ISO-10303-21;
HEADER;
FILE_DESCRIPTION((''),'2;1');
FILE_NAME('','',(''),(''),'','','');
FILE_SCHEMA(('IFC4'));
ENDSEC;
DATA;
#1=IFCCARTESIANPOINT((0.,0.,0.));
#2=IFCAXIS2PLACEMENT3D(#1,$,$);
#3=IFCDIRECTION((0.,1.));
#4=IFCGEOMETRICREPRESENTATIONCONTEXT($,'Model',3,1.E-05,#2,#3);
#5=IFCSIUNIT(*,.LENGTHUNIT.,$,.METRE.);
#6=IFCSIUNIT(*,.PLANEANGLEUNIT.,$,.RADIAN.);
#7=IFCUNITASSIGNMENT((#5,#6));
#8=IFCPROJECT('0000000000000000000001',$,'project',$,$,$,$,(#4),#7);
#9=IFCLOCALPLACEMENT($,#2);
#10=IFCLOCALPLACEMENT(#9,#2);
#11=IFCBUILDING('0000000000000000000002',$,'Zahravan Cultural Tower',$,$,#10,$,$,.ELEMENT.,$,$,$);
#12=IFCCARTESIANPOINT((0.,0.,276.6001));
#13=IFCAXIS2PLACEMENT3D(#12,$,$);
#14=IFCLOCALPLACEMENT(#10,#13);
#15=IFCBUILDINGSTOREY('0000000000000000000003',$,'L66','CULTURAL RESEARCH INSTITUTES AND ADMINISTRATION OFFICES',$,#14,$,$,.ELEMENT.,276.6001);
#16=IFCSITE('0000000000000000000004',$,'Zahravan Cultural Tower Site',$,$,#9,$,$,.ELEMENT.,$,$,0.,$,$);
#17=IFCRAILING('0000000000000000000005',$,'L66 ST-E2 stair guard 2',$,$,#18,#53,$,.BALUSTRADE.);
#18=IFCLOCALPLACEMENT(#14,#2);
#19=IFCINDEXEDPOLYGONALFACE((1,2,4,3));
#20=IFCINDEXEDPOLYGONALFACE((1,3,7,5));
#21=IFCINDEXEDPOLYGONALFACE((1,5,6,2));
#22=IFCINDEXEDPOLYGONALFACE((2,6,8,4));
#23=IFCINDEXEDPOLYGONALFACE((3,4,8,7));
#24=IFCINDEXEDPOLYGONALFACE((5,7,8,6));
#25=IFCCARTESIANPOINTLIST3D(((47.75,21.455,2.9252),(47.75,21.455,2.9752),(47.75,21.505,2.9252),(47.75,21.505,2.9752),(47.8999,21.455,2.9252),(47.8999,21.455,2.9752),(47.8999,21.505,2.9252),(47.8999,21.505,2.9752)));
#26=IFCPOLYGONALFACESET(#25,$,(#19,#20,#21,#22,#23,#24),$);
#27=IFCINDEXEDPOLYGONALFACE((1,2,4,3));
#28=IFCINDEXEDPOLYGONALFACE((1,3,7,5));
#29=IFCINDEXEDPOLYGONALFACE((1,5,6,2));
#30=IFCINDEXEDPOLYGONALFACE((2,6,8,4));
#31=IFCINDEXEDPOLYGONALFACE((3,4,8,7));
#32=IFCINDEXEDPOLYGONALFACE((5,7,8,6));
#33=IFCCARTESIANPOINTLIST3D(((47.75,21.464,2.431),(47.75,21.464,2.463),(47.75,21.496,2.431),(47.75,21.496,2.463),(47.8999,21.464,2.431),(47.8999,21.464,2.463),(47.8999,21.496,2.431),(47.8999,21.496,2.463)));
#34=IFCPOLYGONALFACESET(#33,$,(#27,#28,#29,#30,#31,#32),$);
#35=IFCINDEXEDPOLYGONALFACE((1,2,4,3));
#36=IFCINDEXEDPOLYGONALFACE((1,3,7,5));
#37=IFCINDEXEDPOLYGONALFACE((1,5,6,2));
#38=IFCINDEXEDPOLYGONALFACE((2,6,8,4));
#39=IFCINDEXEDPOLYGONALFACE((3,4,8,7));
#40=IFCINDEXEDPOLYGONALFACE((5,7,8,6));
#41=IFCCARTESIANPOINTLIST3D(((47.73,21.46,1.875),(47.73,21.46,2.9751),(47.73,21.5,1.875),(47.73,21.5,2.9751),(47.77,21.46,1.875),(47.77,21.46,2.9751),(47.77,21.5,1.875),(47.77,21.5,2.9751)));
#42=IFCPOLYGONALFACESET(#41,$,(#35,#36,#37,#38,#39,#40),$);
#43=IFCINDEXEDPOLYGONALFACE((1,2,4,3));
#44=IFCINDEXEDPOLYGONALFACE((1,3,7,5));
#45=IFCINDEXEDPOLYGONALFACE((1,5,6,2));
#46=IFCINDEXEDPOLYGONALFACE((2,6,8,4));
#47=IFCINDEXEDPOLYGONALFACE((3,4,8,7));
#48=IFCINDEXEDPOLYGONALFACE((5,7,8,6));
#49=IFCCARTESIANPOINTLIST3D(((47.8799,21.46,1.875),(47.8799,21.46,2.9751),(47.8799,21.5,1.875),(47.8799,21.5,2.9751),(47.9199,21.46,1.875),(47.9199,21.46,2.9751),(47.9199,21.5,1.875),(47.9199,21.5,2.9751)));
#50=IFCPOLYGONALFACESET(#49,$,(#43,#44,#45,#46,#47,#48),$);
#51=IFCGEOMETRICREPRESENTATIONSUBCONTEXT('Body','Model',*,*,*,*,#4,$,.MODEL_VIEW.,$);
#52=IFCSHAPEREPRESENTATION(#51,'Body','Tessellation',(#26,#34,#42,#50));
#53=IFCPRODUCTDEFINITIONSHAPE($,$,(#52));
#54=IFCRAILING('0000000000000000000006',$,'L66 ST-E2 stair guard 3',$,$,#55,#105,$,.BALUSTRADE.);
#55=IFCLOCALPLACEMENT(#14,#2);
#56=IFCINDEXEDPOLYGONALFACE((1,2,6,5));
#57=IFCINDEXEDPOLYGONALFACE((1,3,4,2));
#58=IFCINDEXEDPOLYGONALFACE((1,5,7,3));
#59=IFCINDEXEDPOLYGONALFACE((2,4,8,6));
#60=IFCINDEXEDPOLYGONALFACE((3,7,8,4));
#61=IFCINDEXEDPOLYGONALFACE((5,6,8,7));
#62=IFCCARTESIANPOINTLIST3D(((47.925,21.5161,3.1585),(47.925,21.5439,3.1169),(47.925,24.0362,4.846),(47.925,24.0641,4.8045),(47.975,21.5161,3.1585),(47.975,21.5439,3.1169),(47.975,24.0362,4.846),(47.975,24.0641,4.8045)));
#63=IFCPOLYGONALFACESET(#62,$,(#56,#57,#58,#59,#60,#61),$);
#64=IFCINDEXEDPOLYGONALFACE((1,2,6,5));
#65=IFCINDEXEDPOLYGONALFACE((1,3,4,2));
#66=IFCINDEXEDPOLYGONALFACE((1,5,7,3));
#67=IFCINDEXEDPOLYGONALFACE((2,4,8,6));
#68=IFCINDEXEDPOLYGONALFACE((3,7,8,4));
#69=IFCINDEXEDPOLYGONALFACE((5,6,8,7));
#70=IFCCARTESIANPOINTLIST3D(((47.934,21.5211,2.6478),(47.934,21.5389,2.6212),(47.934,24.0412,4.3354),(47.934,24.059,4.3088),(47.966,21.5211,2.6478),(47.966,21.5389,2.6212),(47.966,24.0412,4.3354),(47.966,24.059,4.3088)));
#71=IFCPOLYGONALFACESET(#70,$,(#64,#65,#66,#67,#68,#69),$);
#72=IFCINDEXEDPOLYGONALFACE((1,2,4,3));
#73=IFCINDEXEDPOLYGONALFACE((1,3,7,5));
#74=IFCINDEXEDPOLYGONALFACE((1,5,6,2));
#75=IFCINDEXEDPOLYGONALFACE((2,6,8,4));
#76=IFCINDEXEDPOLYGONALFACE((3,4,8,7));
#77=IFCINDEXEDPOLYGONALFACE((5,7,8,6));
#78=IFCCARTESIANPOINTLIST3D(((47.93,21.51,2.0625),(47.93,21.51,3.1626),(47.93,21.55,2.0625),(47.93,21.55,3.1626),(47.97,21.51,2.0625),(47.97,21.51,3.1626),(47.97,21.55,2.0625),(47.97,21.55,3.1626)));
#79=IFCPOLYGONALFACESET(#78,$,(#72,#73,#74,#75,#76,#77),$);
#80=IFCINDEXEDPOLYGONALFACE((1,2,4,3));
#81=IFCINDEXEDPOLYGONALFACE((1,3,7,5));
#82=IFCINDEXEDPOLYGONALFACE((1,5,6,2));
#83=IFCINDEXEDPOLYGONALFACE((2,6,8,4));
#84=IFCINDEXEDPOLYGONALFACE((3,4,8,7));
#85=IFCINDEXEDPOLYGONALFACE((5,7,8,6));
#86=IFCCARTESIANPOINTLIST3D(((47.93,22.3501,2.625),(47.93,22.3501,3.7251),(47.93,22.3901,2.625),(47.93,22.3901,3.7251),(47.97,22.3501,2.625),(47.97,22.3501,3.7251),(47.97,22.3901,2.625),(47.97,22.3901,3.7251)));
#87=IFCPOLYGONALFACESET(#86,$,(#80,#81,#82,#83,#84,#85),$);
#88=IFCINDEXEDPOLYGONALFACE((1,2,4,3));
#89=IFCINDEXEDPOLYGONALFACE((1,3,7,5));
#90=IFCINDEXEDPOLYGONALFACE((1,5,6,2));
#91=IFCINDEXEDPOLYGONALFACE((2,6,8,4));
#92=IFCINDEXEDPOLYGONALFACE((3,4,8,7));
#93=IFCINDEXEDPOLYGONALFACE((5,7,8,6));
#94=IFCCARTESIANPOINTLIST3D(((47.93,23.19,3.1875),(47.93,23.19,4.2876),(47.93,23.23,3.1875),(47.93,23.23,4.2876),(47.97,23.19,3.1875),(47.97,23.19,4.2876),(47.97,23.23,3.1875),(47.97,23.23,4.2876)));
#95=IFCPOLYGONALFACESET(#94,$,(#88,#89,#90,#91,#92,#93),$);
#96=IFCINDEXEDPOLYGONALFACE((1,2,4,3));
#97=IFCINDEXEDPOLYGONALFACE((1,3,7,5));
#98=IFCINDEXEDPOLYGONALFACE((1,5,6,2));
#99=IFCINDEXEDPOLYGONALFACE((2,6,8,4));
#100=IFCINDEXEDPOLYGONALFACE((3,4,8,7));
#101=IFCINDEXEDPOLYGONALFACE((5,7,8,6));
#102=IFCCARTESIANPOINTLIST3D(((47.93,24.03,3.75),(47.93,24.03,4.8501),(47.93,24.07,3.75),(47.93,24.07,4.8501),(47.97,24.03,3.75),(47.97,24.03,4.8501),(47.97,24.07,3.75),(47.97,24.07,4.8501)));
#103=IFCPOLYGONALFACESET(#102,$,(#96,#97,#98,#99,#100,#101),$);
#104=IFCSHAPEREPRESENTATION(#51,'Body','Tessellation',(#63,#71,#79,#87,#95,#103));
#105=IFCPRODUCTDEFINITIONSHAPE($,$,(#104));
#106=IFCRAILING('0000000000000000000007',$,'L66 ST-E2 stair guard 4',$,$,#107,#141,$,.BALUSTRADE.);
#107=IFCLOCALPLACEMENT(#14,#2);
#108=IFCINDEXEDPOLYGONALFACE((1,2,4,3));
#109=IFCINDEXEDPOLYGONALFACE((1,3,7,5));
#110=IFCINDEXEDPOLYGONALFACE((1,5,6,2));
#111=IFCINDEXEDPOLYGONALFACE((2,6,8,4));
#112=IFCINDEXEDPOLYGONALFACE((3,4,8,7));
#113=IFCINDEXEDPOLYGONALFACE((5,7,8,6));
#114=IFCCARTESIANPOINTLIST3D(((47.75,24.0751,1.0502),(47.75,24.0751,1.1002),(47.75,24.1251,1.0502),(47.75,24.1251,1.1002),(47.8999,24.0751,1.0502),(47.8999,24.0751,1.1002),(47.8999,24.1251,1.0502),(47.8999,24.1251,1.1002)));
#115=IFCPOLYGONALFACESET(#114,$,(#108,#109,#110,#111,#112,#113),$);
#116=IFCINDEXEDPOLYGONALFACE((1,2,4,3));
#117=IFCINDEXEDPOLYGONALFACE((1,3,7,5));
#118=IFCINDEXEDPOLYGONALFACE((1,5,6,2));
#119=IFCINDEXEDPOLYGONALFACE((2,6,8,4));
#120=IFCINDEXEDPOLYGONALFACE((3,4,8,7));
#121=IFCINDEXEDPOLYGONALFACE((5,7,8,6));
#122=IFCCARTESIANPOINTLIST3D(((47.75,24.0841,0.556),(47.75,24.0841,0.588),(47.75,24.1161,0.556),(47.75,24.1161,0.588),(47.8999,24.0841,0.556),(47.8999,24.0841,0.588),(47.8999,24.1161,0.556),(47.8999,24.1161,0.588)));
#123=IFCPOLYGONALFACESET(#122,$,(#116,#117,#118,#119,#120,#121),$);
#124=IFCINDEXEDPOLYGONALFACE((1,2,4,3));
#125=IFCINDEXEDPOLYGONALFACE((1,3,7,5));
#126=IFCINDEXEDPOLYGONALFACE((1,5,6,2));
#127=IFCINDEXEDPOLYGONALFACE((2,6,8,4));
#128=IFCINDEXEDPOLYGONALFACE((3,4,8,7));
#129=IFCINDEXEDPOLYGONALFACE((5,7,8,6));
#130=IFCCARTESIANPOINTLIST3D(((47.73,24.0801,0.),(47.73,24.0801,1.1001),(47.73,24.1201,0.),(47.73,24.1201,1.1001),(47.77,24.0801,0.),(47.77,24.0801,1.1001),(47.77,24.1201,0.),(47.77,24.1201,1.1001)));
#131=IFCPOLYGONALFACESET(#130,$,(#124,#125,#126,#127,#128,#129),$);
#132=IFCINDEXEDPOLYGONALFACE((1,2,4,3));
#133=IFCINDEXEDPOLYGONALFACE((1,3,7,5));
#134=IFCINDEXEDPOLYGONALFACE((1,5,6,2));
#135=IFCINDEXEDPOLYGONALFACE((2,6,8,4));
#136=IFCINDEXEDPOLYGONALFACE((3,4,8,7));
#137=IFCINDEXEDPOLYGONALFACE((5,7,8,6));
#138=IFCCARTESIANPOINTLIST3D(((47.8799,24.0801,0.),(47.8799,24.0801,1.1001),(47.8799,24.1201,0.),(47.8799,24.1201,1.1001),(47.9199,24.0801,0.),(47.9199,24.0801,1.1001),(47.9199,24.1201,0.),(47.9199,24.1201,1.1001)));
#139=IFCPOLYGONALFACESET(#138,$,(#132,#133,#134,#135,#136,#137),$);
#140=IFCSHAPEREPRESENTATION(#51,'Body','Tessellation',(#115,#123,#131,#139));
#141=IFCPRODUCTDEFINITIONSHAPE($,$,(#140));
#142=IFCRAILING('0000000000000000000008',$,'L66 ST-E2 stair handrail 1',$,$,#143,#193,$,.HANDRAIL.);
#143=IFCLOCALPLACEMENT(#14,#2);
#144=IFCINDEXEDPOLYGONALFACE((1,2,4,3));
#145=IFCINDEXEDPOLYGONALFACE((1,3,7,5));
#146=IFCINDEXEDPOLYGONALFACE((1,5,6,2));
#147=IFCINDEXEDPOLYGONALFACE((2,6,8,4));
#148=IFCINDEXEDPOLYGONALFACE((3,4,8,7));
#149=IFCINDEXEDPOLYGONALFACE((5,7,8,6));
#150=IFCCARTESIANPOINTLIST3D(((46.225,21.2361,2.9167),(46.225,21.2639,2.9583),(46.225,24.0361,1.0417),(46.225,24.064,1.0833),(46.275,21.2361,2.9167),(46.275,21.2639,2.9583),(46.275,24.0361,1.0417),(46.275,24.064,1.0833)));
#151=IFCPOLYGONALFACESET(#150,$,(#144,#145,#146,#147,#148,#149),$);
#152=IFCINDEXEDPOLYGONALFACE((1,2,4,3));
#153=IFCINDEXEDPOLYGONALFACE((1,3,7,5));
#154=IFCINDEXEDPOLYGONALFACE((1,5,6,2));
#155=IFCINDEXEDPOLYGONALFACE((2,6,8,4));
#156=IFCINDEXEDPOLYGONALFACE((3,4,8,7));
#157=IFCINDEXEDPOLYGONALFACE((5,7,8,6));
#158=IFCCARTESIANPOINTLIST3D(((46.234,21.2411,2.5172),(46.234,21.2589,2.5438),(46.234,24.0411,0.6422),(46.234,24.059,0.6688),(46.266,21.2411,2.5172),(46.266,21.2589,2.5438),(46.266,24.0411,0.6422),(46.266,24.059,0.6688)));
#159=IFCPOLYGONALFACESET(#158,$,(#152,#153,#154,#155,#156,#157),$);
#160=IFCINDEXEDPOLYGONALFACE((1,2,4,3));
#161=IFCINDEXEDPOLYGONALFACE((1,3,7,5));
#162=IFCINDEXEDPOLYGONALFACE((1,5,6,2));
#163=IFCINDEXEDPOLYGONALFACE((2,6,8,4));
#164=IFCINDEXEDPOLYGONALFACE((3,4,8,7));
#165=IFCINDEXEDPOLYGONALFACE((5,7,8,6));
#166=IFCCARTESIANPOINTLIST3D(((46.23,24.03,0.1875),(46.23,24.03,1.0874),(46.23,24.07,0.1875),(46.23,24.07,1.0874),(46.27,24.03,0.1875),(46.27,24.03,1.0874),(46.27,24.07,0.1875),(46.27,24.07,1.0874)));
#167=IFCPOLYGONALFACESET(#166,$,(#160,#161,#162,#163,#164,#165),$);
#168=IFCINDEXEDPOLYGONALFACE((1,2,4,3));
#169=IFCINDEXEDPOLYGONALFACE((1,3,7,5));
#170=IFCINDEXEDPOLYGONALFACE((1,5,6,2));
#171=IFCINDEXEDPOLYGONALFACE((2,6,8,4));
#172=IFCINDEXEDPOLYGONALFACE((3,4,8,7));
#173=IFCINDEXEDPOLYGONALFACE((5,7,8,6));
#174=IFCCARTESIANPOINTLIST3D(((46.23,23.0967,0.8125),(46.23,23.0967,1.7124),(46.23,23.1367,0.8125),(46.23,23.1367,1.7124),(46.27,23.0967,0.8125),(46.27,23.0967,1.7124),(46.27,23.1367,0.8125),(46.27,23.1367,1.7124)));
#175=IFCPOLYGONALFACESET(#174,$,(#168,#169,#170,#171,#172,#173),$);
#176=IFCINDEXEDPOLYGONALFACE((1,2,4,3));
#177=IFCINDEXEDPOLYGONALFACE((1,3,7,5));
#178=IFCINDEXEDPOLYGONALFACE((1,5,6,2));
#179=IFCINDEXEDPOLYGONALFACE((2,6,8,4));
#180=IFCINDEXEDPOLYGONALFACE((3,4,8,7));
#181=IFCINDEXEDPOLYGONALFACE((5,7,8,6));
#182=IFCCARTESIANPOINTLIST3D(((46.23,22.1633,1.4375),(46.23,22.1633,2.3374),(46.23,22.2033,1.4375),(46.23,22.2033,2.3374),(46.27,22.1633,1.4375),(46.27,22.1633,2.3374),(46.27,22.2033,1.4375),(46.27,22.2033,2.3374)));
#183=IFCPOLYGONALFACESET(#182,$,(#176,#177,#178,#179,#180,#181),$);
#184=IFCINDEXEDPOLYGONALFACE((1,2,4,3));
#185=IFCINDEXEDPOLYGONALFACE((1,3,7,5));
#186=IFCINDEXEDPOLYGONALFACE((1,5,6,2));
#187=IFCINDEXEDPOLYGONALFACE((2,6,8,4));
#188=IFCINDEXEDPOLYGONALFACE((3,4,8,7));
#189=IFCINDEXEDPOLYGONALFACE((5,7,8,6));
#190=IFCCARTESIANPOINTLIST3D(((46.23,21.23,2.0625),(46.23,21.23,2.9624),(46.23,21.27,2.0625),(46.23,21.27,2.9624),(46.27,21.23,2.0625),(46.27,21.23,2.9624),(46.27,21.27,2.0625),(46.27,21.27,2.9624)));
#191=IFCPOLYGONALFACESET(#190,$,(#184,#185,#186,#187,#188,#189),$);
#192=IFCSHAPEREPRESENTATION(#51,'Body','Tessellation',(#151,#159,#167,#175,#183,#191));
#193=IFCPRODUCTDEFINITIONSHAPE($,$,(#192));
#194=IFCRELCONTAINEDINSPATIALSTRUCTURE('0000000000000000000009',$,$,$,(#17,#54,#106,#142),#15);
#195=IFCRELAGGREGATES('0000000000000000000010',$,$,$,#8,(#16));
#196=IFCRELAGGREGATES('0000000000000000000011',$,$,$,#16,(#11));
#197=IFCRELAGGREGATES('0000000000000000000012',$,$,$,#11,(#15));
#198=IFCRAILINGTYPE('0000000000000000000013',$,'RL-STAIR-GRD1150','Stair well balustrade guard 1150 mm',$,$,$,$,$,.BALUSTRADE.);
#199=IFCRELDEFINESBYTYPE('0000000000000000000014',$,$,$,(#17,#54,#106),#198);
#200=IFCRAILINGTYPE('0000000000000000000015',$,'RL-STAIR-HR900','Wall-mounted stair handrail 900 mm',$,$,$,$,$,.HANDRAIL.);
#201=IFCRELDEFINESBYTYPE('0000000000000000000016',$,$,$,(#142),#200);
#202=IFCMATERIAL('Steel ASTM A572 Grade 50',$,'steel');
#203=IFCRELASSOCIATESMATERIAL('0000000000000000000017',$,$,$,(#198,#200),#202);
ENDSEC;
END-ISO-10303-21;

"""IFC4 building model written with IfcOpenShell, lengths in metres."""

from ifc_helpers import new_model, si_unit, direction, frame, origin, origin_2d, place, context, subcontext, project, spatial, rectangle, extrude, material, type_object, element, save


model = new_model("IFC4")

# Units and contexts
model_context = context("Model", 3, precision=1e-05, world=origin(), true_north=direction((0.0, 1.0)))
body_context = subcontext(model_context, "Body", "Model", "MODEL_VIEW")
ifc_project = project(units=[si_unit("LENGTHUNIT", "METRE"), si_unit("PLANEANGLEUNIT", "RADIAN")], contexts=[model_context])

# Site, building, storey
site_placement = place(None, origin())
site = spatial("IfcSite", under=ifc_project, at=site_placement, Name="Zahravan Cultural Tower Site", CompositionType="ELEMENT", RefElevation=0.0)
building_placement = place(site_placement, origin())
building = spatial("IfcBuilding", under=site, at=building_placement, Name="Zahravan Cultural Tower", CompositionType="ELEMENT")
storey_placement = place(building_placement, frame((0.0, 0.0, 276.6001)))
storey = spatial("IfcBuildingStorey", under=building, at=storey_placement, Name="L66", Description="CULTURAL RESEARCH INSTITUTES AND ADMINISTRATION OFFICES", CompositionType="ELEMENT", Elevation=276.6001)

# Shared definitions
ifc_material_1 = material(Name="Steel ASTM A572 Grade 50", Category="steel")

# Railings
railing_type_1 = type_object("IfcRailingType", Name="RL-STAIR-GRD1150", Description="Stair well balustrade guard 1150 mm", PredefinedType="BALUSTRADE", material=ifc_material_1)
railing_1_placement = place(storey_placement, frame((47.75, 21.48, 1.875)))
element("IfcRailing", 1, at=railing_1_placement, inside=storey, type_object=railing_type_1, Name="L66 ST-E2 stair guard 2", PredefinedType="BALUSTRADE", context=body_context, shape_type="SweptSolid", body=[
    extrude(rectangle(XDim=0.05, YDim=0.05, at=origin_2d()), frame((0.0, 0.0, 1.0752), z_axis=(1.0, 0.0, 0.0), x_axis=(0.0, 1.0, 0.0)), (0.0, 0.0, 1.0), 0.1499),
    extrude(rectangle(XDim=0.032, YDim=0.032, at=origin_2d()), frame((0.0, 0.0, 0.572), z_axis=(1.0, 0.0, 0.0), x_axis=(0.0, 1.0, 0.0)), (0.0, 0.0, 1.0), 0.1499),
    extrude(rectangle(XDim=0.04, YDim=0.04, at=origin_2d()), origin(), (0.0, 0.0, 1.0), 1.1001),
    extrude(rectangle(XDim=0.04, YDim=0.04, at=origin_2d()), frame((0.1499, 0.0, 0.0)), (0.0, 0.0, 1.0), 1.1001),
])
railing_2_placement = place(storey_placement, frame((47.95, 21.53, 2.0625)))
element("IfcRailing", 2, at=railing_2_placement, inside=storey, type_object=railing_type_1, Name="L66 ST-E2 stair guard 3", PredefinedType="BALUSTRADE", context=body_context, shape_type="SweptSolid", body=[
    extrude(rectangle(XDim=0.05, YDim=0.05, at=origin_2d()), frame((0.0, 0.0, 1.0752), z_axis=(0.0, 0.830909, 0.556408), x_axis=(-1.0, 0.0, 0.0)), (0.0, 0.0, 1.0), 3.033),
    extrude(rectangle(XDim=0.032, YDim=0.032, at=origin_2d()), frame((0.0, 0.0, 0.572), z_axis=(0.0, 0.830909, 0.556408), x_axis=(-1.0, 0.0, 0.0)), (0.0, 0.0, 1.0), 3.033),
    extrude(rectangle(XDim=0.04, YDim=0.04, at=origin_2d()), origin(), (0.0, 0.0, 1.0), 1.1001),
    extrude(rectangle(XDim=0.04, YDim=0.04, at=origin_2d()), frame((0.0, 0.8401, 0.5625)), (0.0, 0.0, 1.0), 1.1001),
    extrude(rectangle(XDim=0.04, YDim=0.04, at=origin_2d()), frame((0.0, 1.6799, 1.125)), (0.0, 0.0, 1.0), 1.1001),
    extrude(rectangle(XDim=0.04, YDim=0.04, at=origin_2d()), frame((0.0, 2.52, 1.6875)), (0.0, 0.0, 1.0), 1.1001),
])
railing_3_placement = place(storey_placement, frame((47.75, 24.1001, 0.0)))
element("IfcRailing", 3, at=railing_3_placement, inside=storey, type_object=railing_type_1, Name="L66 ST-E2 stair guard 4", PredefinedType="BALUSTRADE", context=body_context, shape_type="SweptSolid", body=[
    extrude(rectangle(XDim=0.05, YDim=0.05, at=origin_2d()), frame((0.0, 0.0, 1.0752), z_axis=(1.0, 0.0, 0.0), x_axis=(0.0, 1.0, 0.0)), (0.0, 0.0, 1.0), 0.1499),
    extrude(rectangle(XDim=0.032, YDim=0.032, at=origin_2d()), frame((0.0, 0.0, 0.572), z_axis=(1.0, 0.0, 0.0), x_axis=(0.0, 1.0, 0.0)), (0.0, 0.0, 1.0), 0.1499),
    extrude(rectangle(XDim=0.04, YDim=0.04, at=origin_2d()), origin(), (0.0, 0.0, 1.0), 1.1001),
    extrude(rectangle(XDim=0.04, YDim=0.04, at=origin_2d()), frame((0.1499, 0.0, 0.0)), (0.0, 0.0, 1.0), 1.1001),
])
railing_type_2 = type_object("IfcRailingType", Name="RL-STAIR-HR900", Description="Wall-mounted stair handrail 900 mm", PredefinedType="HANDRAIL", material=ifc_material_1)
railing_4_placement = place(storey_placement, frame((46.25, 24.05, 0.1875)))
element("IfcRailing", 4, at=railing_4_placement, inside=storey, type_object=railing_type_2, Name="L66 ST-E2 stair handrail 1", PredefinedType="HANDRAIL", context=body_context, shape_type="SweptSolid", body=[
    extrude(rectangle(XDim=0.05, YDim=0.05, at=origin_2d()), frame((0.0, 0.0, 0.875), z_axis=(0.0, -0.830912, 0.556404), x_axis=(1.0, 0.0, 0.0)), (0.0, 0.0, 1.0), 3.3699),
    extrude(rectangle(XDim=0.032, YDim=0.032, at=origin_2d()), frame((0.0, 0.0, 0.468), z_axis=(0.0, -0.830912, 0.556404), x_axis=(1.0, 0.0, 0.0)), (0.0, 0.0, 1.0), 3.3699),
    extrude(rectangle(XDim=0.04, YDim=0.04, at=origin_2d()), origin(), (0.0, 0.0, 1.0), 0.8999),
    extrude(rectangle(XDim=0.04, YDim=0.04, at=origin_2d()), frame((0.0, -0.9333, 0.625)), (0.0, 0.0, 1.0), 0.8999),
    extrude(rectangle(XDim=0.04, YDim=0.04, at=origin_2d()), frame((0.0, -1.8667, 1.25)), (0.0, 0.0, 1.0), 0.8999),
    extrude(rectangle(XDim=0.04, YDim=0.04, at=origin_2d()), frame((0.0, -2.8, 1.875)), (0.0, 0.0, 1.0), 0.8999),
])

save(model, "model.ifc")
